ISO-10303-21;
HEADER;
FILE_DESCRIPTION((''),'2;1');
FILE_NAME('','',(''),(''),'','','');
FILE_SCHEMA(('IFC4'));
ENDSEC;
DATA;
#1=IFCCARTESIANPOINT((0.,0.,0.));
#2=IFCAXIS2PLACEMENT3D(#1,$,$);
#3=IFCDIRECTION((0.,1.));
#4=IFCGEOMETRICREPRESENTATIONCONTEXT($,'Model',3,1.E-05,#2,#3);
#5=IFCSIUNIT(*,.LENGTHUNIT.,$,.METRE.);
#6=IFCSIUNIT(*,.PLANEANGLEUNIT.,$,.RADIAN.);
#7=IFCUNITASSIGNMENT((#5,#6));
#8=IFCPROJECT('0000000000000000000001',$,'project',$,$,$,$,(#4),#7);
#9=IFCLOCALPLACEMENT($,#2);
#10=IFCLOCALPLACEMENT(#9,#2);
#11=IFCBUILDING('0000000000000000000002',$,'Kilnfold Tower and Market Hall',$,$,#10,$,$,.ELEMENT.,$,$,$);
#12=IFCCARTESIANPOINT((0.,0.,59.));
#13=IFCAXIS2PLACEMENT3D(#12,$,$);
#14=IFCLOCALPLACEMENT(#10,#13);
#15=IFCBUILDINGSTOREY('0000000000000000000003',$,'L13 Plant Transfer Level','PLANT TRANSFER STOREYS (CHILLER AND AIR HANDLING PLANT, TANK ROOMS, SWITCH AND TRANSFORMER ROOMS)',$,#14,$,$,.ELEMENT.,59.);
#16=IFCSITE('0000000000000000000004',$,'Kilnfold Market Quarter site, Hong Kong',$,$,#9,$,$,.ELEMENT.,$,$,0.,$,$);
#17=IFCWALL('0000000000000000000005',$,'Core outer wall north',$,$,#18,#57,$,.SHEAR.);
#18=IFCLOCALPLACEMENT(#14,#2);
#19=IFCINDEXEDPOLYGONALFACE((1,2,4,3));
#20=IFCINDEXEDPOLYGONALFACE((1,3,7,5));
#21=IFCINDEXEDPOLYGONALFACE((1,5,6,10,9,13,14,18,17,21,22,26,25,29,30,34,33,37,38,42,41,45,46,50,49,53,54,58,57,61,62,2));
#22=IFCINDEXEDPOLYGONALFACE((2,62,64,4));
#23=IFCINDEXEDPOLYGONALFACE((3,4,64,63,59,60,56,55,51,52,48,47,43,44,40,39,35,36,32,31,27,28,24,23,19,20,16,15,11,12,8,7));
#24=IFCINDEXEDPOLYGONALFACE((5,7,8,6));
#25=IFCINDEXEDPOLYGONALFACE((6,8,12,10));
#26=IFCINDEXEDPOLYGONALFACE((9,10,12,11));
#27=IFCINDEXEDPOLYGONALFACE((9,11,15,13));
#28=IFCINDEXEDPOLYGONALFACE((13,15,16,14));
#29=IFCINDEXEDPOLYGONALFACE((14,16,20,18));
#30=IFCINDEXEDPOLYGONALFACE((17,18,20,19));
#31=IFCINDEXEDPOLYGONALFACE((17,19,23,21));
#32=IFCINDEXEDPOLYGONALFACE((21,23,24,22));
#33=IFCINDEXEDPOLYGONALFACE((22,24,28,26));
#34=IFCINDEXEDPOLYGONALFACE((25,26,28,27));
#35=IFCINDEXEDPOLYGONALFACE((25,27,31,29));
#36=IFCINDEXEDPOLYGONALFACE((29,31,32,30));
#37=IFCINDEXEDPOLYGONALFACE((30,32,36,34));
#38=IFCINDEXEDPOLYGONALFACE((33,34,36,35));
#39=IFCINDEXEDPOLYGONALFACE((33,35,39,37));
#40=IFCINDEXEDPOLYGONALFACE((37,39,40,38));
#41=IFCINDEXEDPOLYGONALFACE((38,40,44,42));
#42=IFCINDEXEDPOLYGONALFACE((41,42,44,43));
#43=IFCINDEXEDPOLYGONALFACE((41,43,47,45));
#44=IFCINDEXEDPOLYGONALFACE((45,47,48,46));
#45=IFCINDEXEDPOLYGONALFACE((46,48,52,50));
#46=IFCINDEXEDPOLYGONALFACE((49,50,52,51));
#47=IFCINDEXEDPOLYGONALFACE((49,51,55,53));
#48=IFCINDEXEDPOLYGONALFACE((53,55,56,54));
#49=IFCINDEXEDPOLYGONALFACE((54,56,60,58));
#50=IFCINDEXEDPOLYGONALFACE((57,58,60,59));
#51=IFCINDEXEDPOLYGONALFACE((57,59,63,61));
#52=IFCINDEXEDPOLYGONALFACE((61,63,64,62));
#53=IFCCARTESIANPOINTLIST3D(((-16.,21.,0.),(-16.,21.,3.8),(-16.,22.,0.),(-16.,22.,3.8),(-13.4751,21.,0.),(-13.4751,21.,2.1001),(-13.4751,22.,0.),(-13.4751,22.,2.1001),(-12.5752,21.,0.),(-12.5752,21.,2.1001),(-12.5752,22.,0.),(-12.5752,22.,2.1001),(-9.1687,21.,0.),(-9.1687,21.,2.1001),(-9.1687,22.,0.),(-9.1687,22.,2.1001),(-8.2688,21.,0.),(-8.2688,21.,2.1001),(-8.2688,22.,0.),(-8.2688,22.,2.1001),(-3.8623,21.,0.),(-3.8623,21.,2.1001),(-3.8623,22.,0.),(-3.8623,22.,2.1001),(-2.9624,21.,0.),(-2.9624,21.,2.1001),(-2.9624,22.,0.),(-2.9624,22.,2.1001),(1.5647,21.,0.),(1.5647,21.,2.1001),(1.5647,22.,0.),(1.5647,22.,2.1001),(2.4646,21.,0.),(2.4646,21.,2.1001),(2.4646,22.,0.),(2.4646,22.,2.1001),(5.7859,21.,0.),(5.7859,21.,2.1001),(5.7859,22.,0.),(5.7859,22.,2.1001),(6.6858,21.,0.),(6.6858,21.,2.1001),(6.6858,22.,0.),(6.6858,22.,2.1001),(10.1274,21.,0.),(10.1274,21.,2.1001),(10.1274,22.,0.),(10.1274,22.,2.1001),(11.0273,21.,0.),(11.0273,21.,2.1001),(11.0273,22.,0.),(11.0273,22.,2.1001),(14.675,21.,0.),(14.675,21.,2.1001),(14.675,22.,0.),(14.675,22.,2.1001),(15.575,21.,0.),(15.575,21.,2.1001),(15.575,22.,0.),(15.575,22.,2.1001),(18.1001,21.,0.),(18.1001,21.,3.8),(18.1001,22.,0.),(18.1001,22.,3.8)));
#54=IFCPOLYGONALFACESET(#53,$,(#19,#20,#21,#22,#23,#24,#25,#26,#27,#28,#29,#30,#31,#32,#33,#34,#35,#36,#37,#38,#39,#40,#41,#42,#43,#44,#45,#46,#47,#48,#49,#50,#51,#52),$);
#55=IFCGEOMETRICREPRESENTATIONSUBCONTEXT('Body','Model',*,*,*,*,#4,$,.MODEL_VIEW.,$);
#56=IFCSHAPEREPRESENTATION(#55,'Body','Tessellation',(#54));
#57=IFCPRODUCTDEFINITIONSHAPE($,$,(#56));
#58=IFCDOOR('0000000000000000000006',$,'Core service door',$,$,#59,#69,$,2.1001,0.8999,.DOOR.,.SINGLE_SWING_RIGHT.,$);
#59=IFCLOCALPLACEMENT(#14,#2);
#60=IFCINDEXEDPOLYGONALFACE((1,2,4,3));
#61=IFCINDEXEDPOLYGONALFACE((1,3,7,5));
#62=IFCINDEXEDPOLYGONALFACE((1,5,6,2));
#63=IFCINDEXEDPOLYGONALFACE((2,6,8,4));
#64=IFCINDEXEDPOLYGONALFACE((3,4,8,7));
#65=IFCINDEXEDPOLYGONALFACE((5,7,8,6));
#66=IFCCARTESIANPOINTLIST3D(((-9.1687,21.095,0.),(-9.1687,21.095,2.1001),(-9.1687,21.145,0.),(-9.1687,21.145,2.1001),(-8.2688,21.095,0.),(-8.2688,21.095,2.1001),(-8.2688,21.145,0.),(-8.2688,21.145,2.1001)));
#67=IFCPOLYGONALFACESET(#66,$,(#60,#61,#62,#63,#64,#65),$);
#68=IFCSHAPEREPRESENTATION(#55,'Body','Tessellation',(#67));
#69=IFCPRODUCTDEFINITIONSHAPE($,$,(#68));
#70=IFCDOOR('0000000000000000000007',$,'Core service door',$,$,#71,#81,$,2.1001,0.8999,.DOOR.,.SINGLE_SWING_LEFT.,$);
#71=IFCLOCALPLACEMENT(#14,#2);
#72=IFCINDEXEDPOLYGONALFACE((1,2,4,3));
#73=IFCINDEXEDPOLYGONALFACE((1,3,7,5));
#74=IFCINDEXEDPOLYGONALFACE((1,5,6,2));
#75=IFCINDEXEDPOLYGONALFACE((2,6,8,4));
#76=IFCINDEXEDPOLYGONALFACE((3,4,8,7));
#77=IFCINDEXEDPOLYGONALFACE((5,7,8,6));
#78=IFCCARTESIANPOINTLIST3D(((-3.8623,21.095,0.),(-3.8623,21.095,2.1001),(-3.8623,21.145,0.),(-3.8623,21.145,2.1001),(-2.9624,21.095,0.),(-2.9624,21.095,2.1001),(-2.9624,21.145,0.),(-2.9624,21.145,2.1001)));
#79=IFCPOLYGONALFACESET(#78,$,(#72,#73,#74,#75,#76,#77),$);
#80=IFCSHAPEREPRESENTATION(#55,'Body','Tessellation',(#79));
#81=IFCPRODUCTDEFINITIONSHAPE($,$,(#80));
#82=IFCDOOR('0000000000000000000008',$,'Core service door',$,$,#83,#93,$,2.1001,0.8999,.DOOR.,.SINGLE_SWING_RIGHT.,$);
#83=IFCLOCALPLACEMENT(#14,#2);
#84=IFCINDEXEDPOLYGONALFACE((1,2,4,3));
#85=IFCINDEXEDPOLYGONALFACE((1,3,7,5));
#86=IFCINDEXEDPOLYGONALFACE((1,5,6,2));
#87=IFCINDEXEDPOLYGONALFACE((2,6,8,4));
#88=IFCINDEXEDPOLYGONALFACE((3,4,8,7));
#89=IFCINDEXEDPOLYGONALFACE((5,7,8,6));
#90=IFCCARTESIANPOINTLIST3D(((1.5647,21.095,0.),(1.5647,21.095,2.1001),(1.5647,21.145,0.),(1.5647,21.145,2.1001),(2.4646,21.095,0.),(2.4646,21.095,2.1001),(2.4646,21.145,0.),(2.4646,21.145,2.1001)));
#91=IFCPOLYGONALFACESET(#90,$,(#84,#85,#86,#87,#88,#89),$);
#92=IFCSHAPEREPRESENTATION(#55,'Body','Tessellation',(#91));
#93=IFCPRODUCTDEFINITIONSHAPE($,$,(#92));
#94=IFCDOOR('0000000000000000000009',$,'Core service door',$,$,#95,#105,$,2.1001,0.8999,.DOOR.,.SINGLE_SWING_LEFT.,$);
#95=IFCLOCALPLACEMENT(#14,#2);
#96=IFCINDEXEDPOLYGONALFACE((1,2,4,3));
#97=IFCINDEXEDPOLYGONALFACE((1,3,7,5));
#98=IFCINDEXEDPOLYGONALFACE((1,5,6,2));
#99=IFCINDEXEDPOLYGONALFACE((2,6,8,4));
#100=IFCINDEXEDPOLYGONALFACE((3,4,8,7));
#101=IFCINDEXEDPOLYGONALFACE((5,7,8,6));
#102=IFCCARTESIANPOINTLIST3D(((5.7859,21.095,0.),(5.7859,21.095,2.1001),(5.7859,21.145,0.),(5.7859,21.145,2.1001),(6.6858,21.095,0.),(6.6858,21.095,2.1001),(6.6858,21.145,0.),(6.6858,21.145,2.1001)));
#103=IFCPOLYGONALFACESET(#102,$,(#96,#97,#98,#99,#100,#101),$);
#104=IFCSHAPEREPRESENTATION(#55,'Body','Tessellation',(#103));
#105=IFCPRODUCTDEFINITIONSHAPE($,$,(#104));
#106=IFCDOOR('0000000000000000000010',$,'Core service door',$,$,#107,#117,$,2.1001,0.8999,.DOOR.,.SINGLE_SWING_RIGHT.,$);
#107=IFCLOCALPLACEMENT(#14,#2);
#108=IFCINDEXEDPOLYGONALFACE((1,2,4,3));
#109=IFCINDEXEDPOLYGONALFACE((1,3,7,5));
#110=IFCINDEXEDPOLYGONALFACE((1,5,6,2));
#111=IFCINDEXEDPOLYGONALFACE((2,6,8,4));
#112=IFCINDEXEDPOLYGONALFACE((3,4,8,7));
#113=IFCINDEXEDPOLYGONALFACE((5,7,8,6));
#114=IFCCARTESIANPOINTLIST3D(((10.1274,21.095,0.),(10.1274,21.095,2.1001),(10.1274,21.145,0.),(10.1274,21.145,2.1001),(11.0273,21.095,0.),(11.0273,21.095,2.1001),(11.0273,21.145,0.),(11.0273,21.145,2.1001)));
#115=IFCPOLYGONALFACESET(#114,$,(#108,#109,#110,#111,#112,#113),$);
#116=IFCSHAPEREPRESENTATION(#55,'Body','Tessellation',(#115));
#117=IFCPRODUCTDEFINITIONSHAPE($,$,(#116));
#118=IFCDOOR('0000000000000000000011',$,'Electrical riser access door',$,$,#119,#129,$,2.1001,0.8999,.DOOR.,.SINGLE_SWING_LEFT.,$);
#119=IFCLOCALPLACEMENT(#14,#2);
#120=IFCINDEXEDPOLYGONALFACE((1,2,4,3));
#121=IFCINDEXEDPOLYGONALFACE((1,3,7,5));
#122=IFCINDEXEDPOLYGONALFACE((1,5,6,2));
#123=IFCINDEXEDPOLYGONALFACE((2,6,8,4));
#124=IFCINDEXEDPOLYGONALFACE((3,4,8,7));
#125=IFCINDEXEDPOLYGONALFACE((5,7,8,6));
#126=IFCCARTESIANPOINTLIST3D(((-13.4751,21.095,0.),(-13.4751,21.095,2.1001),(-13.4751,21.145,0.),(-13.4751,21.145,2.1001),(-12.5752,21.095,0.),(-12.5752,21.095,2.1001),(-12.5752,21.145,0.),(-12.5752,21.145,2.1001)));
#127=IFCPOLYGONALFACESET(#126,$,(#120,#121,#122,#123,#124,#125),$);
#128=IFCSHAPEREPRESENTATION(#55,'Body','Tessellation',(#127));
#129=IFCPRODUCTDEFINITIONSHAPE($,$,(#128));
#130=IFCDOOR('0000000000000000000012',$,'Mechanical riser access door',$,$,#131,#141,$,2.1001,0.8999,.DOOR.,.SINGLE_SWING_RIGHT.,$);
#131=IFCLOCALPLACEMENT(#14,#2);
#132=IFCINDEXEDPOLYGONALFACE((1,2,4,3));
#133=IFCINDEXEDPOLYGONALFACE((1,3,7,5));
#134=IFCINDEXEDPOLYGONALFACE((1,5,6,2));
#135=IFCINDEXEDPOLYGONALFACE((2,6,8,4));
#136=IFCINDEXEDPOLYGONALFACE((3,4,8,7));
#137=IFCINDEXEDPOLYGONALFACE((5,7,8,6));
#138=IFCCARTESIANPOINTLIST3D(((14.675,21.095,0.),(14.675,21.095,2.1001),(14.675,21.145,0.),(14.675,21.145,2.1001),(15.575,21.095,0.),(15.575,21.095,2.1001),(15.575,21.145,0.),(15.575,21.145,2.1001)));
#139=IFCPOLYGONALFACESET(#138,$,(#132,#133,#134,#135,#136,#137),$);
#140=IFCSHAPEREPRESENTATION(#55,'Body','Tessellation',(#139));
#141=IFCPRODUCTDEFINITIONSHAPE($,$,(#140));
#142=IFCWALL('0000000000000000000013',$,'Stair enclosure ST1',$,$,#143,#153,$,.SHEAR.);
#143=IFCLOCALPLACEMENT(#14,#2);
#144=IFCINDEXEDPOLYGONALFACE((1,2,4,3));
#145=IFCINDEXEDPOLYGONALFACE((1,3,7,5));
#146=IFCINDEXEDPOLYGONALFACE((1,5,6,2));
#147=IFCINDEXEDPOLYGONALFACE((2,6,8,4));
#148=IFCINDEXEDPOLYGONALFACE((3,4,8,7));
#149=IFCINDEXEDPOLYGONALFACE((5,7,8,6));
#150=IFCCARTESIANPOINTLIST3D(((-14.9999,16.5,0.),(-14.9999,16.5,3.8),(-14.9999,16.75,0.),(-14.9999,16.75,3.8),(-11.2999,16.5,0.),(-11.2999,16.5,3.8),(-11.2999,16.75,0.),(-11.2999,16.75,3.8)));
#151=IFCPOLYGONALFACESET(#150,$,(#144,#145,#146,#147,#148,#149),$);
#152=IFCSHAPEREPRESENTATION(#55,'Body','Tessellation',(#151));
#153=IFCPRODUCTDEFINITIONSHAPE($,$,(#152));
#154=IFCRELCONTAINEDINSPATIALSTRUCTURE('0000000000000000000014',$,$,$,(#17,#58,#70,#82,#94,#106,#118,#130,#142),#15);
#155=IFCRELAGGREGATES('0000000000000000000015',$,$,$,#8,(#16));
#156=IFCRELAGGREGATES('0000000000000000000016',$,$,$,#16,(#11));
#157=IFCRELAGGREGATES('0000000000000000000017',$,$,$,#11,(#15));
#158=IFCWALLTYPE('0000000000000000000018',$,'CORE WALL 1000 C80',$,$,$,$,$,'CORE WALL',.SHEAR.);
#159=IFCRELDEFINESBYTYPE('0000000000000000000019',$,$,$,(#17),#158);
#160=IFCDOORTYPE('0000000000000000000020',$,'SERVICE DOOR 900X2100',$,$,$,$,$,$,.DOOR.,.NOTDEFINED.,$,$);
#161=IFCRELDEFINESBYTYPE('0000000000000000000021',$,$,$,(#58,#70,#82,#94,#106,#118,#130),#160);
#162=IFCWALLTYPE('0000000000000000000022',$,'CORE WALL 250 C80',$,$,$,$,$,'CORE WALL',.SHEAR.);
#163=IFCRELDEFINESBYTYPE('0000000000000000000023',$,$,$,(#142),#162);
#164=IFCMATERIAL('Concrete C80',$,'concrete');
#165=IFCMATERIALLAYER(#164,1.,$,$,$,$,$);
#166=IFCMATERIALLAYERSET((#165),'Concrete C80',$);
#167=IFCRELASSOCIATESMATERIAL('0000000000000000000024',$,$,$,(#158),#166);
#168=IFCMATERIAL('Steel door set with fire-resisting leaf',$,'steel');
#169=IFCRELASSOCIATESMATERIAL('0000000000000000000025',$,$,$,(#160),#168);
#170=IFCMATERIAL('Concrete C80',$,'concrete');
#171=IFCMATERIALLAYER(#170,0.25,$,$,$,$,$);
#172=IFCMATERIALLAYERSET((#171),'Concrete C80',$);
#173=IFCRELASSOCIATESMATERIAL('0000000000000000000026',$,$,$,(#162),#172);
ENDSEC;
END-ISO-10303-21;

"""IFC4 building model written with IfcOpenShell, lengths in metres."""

from ifc_helpers import new_model, si_unit, direction, frame, frame_2d, origin, place, context, subcontext, project, spatial, rectangle, extrude, source, transform, mapped, material, layer, layer_set, type_object, element, fill, save


model = new_model("IFC4")

# Units and contexts
model_context = context("Model", 3, precision=1e-05, world=origin(), true_north=direction((0.0, 1.0)))
body_context = subcontext(model_context, "Body", "Model", "MODEL_VIEW")
ifc_project = project(units=[si_unit("LENGTHUNIT", "METRE"), si_unit("PLANEANGLEUNIT", "RADIAN")], contexts=[model_context])

# Site, building, storey
site_placement = place(None, origin())
site = spatial("IfcSite", under=ifc_project, at=site_placement, Name="Kilnfold Market Quarter site, Hong Kong", CompositionType="ELEMENT", RefElevation=0.0)
building_placement = place(site_placement, origin())
building = spatial("IfcBuilding", under=site, at=building_placement, Name="Kilnfold Tower and Market Hall", CompositionType="ELEMENT")
storey_placement = place(building_placement, frame((0.0, 0.0, 59.0)))
storey = spatial("IfcBuildingStorey", under=building, at=storey_placement, Name="L13 Plant Transfer Level", Description="PLANT TRANSFER STOREYS (CHILLER AND AIR HANDLING PLANT, TANK ROOMS, SWITCH AND TRANSFORMER ROOMS)", CompositionType="ELEMENT", Elevation=59.0)

# Wall, openings, doors
ifc_material_1 = material(Name="Concrete C80", Category="concrete")
ifc_layer_1 = layer(ifc_material_1, 1.0)
ifc_layer_set_1 = layer_set([ifc_layer_1], Name="Concrete C80")
wall_type_1 = type_object("IfcWallType", Name="CORE WALL 1000 C80", ElementType="CORE WALL", PredefinedType="SHEAR", material=ifc_layer_set_1)
shared_shape_1 = source(origin(), body_context, "Body", "SweptSolid", [
    extrude(rectangle(XDim=34.1001, YDim=1.0, at=frame_2d((17.05, 0.0))), origin(), (0.0, 0.0, 1.0), 3.8),
])
wall_1_placement = place(storey_placement, frame((-16.0, 21.5, 0.0), z_axis=(0.0, 0.0, 1.0), x_axis=(1.0, 0.0, 0.0)))
wall_1 = element("IfcWall", 1, at=wall_1_placement, inside=storey, type_object=wall_type_1, Name="Core outer wall north", PredefinedType="SHEAR", context=body_context, shape_type="MappedRepresentation", body=[
    mapped(shared_shape_1, transform((0.0, 0.0, 0.0))),
])
opening_1_placement = place(wall_1_placement, frame((6.8313, 0.0, 0.0)))
opening_1 = element("IfcOpeningElement", 2, at=opening_1_placement, cuts=wall_1, PredefinedType="OPENING", context=body_context, shape_type="SweptSolid", body=[
    extrude(rectangle(XDim=0.8999, YDim=2.1001, at=frame_2d((0.45, 1.05))), frame((0.0, 0.51, 0.0), z_axis=(0.0, -1.0, 0.0), x_axis=(1.0, 0.0, 0.0)), (0.0, 0.0, 1.0), 1.02),
])
opening_2_placement = place(wall_1_placement, frame((12.1377, 0.0, 0.0)))
opening_2 = element("IfcOpeningElement", 3, at=opening_2_placement, cuts=wall_1, PredefinedType="OPENING", context=body_context, shape_type="SweptSolid", body=[
    extrude(rectangle(XDim=0.8999, YDim=2.1001, at=frame_2d((0.45, 1.05))), frame((0.0, 0.51, 0.0), z_axis=(0.0, -1.0, 0.0), x_axis=(1.0, 0.0, 0.0)), (0.0, 0.0, 1.0), 1.02),
])
opening_3_placement = place(wall_1_placement, frame((17.5647, 0.0, 0.0)))
opening_3 = element("IfcOpeningElement", 4, at=opening_3_placement, cuts=wall_1, PredefinedType="OPENING", context=body_context, shape_type="SweptSolid", body=[
    extrude(rectangle(XDim=0.8999, YDim=2.1001, at=frame_2d((0.45, 1.05))), frame((0.0, 0.51, 0.0), z_axis=(0.0, -1.0, 0.0), x_axis=(1.0, 0.0, 0.0)), (0.0, 0.0, 1.0), 1.02),
])
opening_4_placement = place(wall_1_placement, frame((21.7859, 0.0, 0.0)))
opening_4 = element("IfcOpeningElement", 5, at=opening_4_placement, cuts=wall_1, PredefinedType="OPENING", context=body_context, shape_type="SweptSolid", body=[
    extrude(rectangle(XDim=0.8999, YDim=2.1001, at=frame_2d((0.45, 1.05))), frame((0.0, 0.51, 0.0), z_axis=(0.0, -1.0, 0.0), x_axis=(1.0, 0.0, 0.0)), (0.0, 0.0, 1.0), 1.02),
])
opening_5_placement = place(wall_1_placement, frame((26.1274, 0.0, 0.0)))
opening_5 = element("IfcOpeningElement", 6, at=opening_5_placement, cuts=wall_1, PredefinedType="OPENING", context=body_context, shape_type="SweptSolid", body=[
    extrude(rectangle(XDim=0.8999, YDim=2.1001, at=frame_2d((0.45, 1.05))), frame((0.0, 0.51, 0.0), z_axis=(0.0, -1.0, 0.0), x_axis=(1.0, 0.0, 0.0)), (0.0, 0.0, 1.0), 1.02),
])
opening_6_placement = place(wall_1_placement, frame((2.5249, 0.0, 0.0)))
opening_6 = element("IfcOpeningElement", 7, at=opening_6_placement, cuts=wall_1, PredefinedType="OPENING", context=body_context, shape_type="SweptSolid", body=[
    extrude(rectangle(XDim=0.8999, YDim=2.1001, at=frame_2d((0.45, 1.05))), frame((0.0, 0.51, 0.0), z_axis=(0.0, -1.0, 0.0), x_axis=(1.0, 0.0, 0.0)), (0.0, 0.0, 1.0), 1.02),
])
opening_7_placement = place(wall_1_placement, frame((30.675, 0.0, 0.0)))
opening_7 = element("IfcOpeningElement", 8, at=opening_7_placement, cuts=wall_1, PredefinedType="OPENING", context=body_context, shape_type="SweptSolid", body=[
    extrude(rectangle(XDim=0.8999, YDim=2.1001, at=frame_2d((0.45, 1.05))), frame((0.0, 0.51, 0.0), z_axis=(0.0, -1.0, 0.0), x_axis=(1.0, 0.0, 0.0)), (0.0, 0.0, 1.0), 1.02),
])
ifc_material_2 = material(Name="Steel door set with fire-resisting leaf", Category="steel")
door_type = type_object("IfcDoorType", Name="SERVICE DOOR 900X2100", OperationType="NOTDEFINED", PredefinedType="DOOR", material=ifc_material_2)
door_1_placement = place(opening_1_placement, origin())
door_1 = element("IfcDoor", 9, at=door_1_placement, inside=storey, type_object=door_type, Name="Core service door", OperationType="SINGLE_SWING_RIGHT", OverallHeight=2.1001, OverallWidth=0.8999, PredefinedType="DOOR", context=body_context, shape_type="SweptSolid", body=[
    extrude(rectangle(XDim=0.8999, YDim=2.1001, at=frame_2d((0.45, 1.05))), frame((0.0, -0.355, 0.0), z_axis=(0.0, -1.0, 0.0), x_axis=(1.0, 0.0, 0.0)), (0.0, 0.0, 1.0), 0.05),
])
fill(opening_1, door_1)
door_2_placement = place(opening_2_placement, origin())
door_2 = element("IfcDoor", 10, at=door_2_placement, inside=storey, type_object=door_type, Name="Core service door", OperationType="SINGLE_SWING_LEFT", OverallHeight=2.1001, OverallWidth=0.8999, PredefinedType="DOOR", context=body_context, shape_type="SweptSolid", body=[
    extrude(rectangle(XDim=0.8999, YDim=2.1001, at=frame_2d((0.45, 1.05))), frame((0.0, -0.355, 0.0), z_axis=(0.0, -1.0, 0.0), x_axis=(1.0, 0.0, 0.0)), (0.0, 0.0, 1.0), 0.05),
])
fill(opening_2, door_2)
door_3_placement = place(opening_3_placement, origin())
door_3 = element("IfcDoor", 11, at=door_3_placement, inside=storey, type_object=door_type, Name="Core service door", OperationType="SINGLE_SWING_RIGHT", OverallHeight=2.1001, OverallWidth=0.8999, PredefinedType="DOOR", context=body_context, shape_type="SweptSolid", body=[
    extrude(rectangle(XDim=0.8999, YDim=2.1001, at=frame_2d((0.45, 1.05))), frame((0.0, -0.355, 0.0), z_axis=(0.0, -1.0, 0.0), x_axis=(1.0, 0.0, 0.0)), (0.0, 0.0, 1.0), 0.05),
])
fill(opening_3, door_3)
door_4_placement = place(opening_4_placement, origin())
door_4 = element("IfcDoor", 12, at=door_4_placement, inside=storey, type_object=door_type, Name="Core service door", OperationType="SINGLE_SWING_LEFT", OverallHeight=2.1001, OverallWidth=0.8999, PredefinedType="DOOR", context=body_context, shape_type="SweptSolid", body=[
    extrude(rectangle(XDim=0.8999, YDim=2.1001, at=frame_2d((0.45, 1.05))), frame((0.0, -0.355, 0.0), z_axis=(0.0, -1.0, 0.0), x_axis=(1.0, 0.0, 0.0)), (0.0, 0.0, 1.0), 0.05),
])
fill(opening_4, door_4)
door_5_placement = place(opening_5_placement, origin())
door_5 = element("IfcDoor", 13, at=door_5_placement, inside=storey, type_object=door_type, Name="Core service door", OperationType="SINGLE_SWING_RIGHT", OverallHeight=2.1001, OverallWidth=0.8999, PredefinedType="DOOR", context=body_context, shape_type="SweptSolid", body=[
    extrude(rectangle(XDim=0.8999, YDim=2.1001, at=frame_2d((0.45, 1.05))), frame((0.0, -0.355, 0.0), z_axis=(0.0, -1.0, 0.0), x_axis=(1.0, 0.0, 0.0)), (0.0, 0.0, 1.0), 0.05),
])
fill(opening_5, door_5)
door_6_placement = place(opening_6_placement, origin())
door_6 = element("IfcDoor", 14, at=door_6_placement, inside=storey, type_object=door_type, Name="Electrical riser access door", OperationType="SINGLE_SWING_LEFT", OverallHeight=2.1001, OverallWidth=0.8999, PredefinedType="DOOR", context=body_context, shape_type="SweptSolid", body=[
    extrude(rectangle(XDim=0.8999, YDim=2.1001, at=frame_2d((0.45, 1.05))), frame((0.0, -0.355, 0.0), z_axis=(0.0, -1.0, 0.0), x_axis=(1.0, 0.0, 0.0)), (0.0, 0.0, 1.0), 0.05),
])
fill(opening_6, door_6)
door_7_placement = place(opening_7_placement, origin())
door_7 = element("IfcDoor", 15, at=door_7_placement, inside=storey, type_object=door_type, Name="Mechanical riser access door", OperationType="SINGLE_SWING_RIGHT", OverallHeight=2.1001, OverallWidth=0.8999, PredefinedType="DOOR", context=body_context, shape_type="SweptSolid", body=[
    extrude(rectangle(XDim=0.8999, YDim=2.1001, at=frame_2d((0.45, 1.05))), frame((0.0, -0.355, 0.0), z_axis=(0.0, -1.0, 0.0), x_axis=(1.0, 0.0, 0.0)), (0.0, 0.0, 1.0), 0.05),
])
fill(opening_7, door_7)

# Wall
ifc_material_3 = material(Name="Concrete C80", Category="concrete")
ifc_layer_2 = layer(ifc_material_3, 0.25)
ifc_layer_set_2 = layer_set([ifc_layer_2], Name="Concrete C80")
wall_type_2 = type_object("IfcWallType", Name="CORE WALL 250 C80", ElementType="CORE WALL", PredefinedType="SHEAR", material=ifc_layer_set_2)
shared_shape_2 = source(origin(), body_context, "Body", "SweptSolid", [
    extrude(rectangle(XDim=3.7, YDim=0.25, at=frame_2d((1.8501, 0.0))), origin(), (0.0, 0.0, 1.0), 3.8),
])
wall_2_placement = place(storey_placement, frame((-15.0, 16.625, 0.0), z_axis=(0.0, 0.0, 1.0), x_axis=(1.0, 0.0, 0.0)))
element("IfcWall", 16, at=wall_2_placement, inside=storey, type_object=wall_type_2, Name="Stair enclosure ST1", PredefinedType="SHEAR", context=body_context, shape_type="MappedRepresentation", body=[
    mapped(shared_shape_2, transform((0.0, 0.0, 0.0))),
])

save(model, "model.ifc")
